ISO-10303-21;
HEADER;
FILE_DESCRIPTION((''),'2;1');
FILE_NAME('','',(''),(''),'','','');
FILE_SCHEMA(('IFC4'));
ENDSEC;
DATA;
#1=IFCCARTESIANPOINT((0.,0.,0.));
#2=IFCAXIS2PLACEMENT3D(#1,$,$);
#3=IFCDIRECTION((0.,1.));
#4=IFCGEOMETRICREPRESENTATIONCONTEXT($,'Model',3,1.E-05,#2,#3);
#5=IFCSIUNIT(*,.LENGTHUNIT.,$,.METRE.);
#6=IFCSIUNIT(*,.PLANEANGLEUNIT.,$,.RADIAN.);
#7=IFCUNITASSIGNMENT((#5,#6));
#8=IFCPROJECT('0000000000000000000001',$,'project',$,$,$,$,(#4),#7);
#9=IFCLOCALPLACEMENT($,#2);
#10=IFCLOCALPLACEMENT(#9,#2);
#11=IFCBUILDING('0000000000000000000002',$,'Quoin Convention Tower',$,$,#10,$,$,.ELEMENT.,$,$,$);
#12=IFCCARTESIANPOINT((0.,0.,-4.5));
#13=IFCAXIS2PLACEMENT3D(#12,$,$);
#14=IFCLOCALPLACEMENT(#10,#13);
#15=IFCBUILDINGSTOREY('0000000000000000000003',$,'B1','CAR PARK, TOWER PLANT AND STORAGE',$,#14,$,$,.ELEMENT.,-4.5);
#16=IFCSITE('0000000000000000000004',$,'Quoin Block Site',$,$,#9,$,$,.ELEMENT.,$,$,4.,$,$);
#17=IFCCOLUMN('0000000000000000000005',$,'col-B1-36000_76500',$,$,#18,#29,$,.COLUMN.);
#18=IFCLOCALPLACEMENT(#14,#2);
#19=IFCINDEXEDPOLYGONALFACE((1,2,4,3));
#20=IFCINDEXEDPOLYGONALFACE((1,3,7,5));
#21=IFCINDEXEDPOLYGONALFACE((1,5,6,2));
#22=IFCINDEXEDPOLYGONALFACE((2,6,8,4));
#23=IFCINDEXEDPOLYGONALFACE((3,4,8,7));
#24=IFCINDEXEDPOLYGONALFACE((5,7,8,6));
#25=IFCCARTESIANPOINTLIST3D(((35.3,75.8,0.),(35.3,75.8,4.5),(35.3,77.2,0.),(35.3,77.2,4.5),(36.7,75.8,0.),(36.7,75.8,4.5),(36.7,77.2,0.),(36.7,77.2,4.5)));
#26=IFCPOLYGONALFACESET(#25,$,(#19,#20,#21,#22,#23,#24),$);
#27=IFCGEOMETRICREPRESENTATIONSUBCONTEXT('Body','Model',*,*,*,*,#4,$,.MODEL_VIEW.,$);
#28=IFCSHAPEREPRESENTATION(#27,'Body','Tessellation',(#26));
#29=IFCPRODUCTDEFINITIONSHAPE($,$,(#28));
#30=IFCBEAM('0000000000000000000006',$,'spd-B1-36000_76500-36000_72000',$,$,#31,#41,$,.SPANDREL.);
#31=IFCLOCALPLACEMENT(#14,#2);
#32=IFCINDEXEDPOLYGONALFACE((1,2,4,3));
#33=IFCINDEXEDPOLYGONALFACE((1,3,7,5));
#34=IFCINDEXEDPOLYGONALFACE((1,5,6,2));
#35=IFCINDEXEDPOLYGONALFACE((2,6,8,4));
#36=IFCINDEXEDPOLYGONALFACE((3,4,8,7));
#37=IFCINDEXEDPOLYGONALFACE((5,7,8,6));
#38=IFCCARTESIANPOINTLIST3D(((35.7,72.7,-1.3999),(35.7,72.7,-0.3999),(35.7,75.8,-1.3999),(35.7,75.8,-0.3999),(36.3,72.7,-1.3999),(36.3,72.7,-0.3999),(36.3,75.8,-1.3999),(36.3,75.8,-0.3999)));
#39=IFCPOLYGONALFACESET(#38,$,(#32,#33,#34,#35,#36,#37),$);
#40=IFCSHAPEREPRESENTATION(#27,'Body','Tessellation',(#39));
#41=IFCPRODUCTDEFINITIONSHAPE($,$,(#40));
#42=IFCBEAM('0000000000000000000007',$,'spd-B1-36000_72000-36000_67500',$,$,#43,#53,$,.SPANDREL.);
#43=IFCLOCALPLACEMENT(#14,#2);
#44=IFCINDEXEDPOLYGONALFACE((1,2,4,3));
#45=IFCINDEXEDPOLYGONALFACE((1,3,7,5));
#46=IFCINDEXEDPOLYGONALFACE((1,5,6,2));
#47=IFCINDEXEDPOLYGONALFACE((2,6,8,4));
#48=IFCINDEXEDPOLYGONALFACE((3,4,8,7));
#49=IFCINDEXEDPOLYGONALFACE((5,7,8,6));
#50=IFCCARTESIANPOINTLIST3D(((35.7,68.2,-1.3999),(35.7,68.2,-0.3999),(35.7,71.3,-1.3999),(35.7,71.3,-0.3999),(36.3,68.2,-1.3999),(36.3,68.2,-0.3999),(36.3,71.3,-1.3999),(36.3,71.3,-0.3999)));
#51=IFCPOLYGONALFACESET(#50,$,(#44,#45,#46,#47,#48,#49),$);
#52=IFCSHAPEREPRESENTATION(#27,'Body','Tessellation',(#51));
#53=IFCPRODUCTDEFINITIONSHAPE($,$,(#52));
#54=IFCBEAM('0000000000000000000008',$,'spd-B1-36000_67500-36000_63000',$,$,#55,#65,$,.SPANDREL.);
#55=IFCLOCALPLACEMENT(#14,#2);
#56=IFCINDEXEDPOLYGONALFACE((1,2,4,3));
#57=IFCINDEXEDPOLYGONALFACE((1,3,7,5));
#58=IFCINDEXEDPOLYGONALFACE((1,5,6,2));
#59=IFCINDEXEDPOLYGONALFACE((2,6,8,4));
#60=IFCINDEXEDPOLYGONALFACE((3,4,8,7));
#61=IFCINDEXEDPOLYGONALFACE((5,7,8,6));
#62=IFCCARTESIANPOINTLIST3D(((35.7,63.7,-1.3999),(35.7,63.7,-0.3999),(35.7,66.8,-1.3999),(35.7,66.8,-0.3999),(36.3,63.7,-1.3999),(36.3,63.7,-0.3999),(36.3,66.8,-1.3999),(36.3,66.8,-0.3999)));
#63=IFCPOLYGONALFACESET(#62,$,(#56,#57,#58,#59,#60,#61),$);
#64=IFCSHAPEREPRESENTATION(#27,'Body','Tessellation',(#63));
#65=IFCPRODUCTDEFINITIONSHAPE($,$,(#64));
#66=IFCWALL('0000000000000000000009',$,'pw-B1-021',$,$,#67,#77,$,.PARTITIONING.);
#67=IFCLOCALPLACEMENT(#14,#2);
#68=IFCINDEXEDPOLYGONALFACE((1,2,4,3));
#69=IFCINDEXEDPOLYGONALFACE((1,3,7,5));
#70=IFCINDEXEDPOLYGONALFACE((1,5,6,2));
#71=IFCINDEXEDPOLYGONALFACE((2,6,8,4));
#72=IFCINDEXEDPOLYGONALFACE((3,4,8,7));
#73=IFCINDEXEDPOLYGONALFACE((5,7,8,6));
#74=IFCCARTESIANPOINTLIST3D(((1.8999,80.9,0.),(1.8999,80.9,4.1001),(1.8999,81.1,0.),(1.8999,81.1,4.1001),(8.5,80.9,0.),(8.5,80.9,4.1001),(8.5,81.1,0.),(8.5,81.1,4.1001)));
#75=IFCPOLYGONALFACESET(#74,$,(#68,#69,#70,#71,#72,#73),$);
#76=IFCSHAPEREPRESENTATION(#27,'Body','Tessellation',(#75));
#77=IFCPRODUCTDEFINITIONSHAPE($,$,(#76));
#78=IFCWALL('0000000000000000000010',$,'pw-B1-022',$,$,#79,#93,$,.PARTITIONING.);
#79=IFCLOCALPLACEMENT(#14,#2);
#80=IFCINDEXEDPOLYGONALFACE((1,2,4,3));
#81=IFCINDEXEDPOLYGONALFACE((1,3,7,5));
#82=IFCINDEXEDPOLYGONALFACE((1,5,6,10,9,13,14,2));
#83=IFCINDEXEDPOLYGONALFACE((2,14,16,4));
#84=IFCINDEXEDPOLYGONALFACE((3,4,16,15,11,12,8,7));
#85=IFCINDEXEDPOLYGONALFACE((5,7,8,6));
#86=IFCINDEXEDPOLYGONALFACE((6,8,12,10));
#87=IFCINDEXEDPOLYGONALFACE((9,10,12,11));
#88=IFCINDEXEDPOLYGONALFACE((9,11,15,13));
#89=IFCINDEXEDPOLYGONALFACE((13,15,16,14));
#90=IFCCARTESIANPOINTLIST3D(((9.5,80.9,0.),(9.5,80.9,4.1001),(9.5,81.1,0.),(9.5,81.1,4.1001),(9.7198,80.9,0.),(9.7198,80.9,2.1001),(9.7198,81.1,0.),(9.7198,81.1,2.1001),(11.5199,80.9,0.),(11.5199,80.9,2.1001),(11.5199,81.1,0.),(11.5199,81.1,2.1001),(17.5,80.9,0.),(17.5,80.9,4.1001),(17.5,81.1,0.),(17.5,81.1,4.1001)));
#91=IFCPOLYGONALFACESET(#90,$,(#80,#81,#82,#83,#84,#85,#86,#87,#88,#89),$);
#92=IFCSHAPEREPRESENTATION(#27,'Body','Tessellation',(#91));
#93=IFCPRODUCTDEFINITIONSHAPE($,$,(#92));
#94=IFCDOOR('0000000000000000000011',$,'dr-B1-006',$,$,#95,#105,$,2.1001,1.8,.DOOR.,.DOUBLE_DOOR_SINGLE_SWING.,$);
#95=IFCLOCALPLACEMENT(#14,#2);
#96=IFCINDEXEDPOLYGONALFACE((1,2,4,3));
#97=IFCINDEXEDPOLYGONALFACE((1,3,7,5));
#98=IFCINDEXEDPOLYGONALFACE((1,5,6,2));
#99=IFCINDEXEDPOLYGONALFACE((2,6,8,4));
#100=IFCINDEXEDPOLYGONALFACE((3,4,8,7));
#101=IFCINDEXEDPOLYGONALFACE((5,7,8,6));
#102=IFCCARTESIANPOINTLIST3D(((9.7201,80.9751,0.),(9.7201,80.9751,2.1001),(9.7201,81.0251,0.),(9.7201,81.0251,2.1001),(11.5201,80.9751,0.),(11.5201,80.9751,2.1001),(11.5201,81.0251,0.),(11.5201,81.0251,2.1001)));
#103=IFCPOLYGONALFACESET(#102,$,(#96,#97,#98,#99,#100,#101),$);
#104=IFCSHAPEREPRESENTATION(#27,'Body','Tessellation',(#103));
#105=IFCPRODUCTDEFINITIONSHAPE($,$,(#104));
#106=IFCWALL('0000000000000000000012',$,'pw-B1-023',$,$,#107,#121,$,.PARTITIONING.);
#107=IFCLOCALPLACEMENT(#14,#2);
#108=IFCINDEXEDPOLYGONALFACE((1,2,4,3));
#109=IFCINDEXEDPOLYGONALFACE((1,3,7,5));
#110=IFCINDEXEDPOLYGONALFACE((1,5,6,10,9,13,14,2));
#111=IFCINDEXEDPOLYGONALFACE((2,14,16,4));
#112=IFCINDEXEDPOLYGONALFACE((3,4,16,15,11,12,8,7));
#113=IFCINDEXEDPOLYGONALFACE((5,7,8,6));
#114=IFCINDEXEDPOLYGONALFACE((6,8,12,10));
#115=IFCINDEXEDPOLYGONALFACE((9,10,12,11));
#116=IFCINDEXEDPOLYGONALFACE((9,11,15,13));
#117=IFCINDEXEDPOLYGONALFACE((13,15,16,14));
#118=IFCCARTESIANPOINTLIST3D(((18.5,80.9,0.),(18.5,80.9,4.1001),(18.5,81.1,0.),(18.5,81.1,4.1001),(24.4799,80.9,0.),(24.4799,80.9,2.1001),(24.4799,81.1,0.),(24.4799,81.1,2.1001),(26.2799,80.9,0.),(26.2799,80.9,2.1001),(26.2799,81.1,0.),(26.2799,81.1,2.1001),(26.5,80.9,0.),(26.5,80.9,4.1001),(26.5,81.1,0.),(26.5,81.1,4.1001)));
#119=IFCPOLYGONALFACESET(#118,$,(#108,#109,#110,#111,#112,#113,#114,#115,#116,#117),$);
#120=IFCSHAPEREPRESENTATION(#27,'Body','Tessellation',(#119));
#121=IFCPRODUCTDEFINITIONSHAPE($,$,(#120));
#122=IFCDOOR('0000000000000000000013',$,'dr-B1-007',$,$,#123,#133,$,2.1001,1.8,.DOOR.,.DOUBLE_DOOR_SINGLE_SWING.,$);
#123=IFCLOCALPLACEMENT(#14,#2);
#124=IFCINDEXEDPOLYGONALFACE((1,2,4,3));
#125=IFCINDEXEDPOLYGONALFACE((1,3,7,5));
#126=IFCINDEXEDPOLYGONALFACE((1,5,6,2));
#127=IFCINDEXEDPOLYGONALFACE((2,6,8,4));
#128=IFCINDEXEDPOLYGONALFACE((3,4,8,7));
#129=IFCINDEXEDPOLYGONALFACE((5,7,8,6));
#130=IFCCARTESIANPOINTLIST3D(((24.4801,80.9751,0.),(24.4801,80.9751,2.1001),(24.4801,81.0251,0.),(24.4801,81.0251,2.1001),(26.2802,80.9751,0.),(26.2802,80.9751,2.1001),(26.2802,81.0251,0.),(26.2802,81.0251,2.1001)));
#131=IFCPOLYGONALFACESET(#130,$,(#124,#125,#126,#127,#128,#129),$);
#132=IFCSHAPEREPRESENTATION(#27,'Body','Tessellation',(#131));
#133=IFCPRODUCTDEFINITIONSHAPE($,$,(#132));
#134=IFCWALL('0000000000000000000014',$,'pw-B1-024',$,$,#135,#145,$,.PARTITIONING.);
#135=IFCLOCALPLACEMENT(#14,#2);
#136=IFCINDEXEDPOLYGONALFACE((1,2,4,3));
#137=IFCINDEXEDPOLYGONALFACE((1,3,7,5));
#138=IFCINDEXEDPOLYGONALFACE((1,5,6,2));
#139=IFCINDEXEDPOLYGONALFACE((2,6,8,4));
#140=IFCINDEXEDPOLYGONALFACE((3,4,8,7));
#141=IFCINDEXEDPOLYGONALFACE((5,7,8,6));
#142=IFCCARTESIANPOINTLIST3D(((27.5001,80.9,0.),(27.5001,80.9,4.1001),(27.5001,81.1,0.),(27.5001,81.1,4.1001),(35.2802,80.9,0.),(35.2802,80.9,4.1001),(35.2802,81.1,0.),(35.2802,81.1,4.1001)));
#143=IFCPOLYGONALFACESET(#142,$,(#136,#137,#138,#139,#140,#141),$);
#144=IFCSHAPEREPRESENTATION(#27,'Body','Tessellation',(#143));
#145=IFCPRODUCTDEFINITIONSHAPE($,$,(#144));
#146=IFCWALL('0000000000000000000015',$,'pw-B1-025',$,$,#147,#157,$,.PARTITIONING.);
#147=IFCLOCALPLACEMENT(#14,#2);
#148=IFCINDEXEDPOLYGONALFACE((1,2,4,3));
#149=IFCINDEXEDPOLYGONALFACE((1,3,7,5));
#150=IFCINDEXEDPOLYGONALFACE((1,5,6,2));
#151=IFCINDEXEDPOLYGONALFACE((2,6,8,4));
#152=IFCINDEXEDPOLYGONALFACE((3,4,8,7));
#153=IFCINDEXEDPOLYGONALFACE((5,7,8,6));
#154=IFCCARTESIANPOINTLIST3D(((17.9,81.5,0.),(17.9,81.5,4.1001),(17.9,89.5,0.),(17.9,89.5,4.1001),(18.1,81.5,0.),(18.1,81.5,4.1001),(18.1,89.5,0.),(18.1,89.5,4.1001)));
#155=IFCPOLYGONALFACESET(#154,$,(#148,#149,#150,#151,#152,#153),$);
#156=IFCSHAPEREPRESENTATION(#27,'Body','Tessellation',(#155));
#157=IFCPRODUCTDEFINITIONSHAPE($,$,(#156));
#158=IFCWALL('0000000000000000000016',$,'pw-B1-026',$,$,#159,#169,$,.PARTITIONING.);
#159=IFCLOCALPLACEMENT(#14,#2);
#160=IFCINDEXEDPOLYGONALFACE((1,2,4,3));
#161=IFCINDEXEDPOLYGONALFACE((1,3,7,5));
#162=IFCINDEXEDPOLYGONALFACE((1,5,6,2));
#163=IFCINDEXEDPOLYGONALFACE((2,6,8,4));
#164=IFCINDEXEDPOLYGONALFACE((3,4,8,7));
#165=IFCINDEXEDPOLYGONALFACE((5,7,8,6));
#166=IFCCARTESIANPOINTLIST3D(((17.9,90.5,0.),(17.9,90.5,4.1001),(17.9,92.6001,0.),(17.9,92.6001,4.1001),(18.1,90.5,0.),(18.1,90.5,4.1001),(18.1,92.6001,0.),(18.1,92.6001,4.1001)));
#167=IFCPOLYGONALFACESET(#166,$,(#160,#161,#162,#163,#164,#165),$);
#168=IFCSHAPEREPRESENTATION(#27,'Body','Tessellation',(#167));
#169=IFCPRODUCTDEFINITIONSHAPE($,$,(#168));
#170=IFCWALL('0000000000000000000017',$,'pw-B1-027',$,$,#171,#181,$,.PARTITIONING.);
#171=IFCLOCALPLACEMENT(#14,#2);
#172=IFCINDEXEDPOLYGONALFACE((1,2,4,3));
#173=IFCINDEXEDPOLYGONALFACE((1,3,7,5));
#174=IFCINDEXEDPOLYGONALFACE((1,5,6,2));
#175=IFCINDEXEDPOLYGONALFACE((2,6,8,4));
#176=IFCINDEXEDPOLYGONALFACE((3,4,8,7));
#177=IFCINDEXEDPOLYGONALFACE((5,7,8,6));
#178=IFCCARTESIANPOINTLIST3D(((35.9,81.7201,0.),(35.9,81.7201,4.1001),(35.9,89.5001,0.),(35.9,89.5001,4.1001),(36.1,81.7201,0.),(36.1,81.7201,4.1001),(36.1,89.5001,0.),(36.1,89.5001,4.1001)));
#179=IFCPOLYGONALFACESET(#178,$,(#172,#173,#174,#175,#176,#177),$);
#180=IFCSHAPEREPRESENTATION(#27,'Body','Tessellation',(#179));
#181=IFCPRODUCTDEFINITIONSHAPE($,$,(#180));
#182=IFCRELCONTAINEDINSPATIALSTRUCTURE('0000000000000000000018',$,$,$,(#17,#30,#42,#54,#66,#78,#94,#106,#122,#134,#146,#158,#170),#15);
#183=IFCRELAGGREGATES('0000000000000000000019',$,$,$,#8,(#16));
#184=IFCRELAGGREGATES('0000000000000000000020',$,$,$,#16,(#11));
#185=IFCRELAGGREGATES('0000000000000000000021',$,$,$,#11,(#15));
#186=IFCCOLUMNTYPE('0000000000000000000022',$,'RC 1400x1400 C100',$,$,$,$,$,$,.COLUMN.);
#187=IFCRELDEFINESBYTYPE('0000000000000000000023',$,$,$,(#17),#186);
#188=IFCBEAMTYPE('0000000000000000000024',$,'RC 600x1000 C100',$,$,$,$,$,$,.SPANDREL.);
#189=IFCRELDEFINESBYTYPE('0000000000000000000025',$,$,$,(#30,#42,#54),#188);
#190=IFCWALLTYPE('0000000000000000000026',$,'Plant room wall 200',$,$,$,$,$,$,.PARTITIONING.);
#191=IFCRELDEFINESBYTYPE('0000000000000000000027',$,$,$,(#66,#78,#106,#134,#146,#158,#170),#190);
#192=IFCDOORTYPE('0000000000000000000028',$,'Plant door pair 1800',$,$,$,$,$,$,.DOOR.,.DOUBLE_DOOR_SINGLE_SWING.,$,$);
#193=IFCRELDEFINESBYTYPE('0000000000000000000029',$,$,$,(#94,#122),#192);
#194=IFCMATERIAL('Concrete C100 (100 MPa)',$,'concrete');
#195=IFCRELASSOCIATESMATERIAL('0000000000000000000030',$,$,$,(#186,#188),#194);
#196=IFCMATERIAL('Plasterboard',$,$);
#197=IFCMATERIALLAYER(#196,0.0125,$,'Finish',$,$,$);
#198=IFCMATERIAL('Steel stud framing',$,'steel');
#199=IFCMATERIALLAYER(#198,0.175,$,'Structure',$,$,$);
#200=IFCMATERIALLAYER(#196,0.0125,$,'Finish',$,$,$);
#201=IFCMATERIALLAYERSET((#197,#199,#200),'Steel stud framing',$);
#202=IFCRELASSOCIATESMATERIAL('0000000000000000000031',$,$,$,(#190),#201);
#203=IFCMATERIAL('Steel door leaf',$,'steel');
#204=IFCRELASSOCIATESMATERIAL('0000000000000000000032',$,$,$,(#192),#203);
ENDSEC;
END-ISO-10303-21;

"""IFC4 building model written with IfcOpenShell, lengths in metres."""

from ifc_helpers import new_model, si_unit, direction, frame, frame_2d, origin, origin_2d, place, context, subcontext, project, spatial, rectangle, extrude, material, layer, layer_set, material_profile, profile_set, type_object, element, fill, save


model = new_model("IFC4")

# Units and contexts
model_context = context("Model", 3, precision=1e-05, world=origin(), true_north=direction((0.0, 1.0)))
body_context = subcontext(model_context, "Body", "Model", "MODEL_VIEW")
ifc_project = project(units=[si_unit("LENGTHUNIT", "METRE"), si_unit("PLANEANGLEUNIT", "RADIAN")], contexts=[model_context])

# Site, building, storey
site_placement = place(None, origin())
site = spatial("IfcSite", under=ifc_project, at=site_placement, Name="Quoin Block Site", CompositionType="ELEMENT", RefElevation=4.0)
building_placement = place(site_placement, origin())
building = spatial("IfcBuilding", under=site, at=building_placement, Name="Quoin Convention Tower", CompositionType="ELEMENT")
storey_placement = place(building_placement, frame((0.0, 0.0, -4.5)))
storey = spatial("IfcBuildingStorey", under=building, at=storey_placement, Name="B1", Description="CAR PARK, TOWER PLANT AND STORAGE", CompositionType="ELEMENT", Elevation=-4.5)

# Column
ifc_material_1 = material(Name="Concrete C100 (100 MPa)", Category="concrete")
ifc_material_profile_1 = material_profile(ifc_material_1, rectangle(XDim=1.3999, YDim=1.3999, at=origin_2d()), Name="RC 1400x1400")
ifc_profile_set_1 = profile_set([ifc_material_profile_1], Name="Concrete C100 (100 MPa)")
column_type_1 = type_object("IfcColumnType", Name="RC 1400x1400 C100", PredefinedType="COLUMN", material=ifc_profile_set_1)
for number, where, z_axis, x_axis, name in (
    (1, (36.0, 76.5, 0.0), (0.0, 0.0, 1.0), (1.0, 0.0, 0.0), "col-B1-36000_76500"),
):
    element("IfcColumn", number, at=place(storey_placement, frame(where, z_axis=z_axis, x_axis=x_axis)), inside=storey, type_object=column_type_1, Name=name, PredefinedType="COLUMN", context=body_context, shape_type="SweptSolid", body=[
        extrude(rectangle(XDim=1.3999, YDim=1.3999, at=origin_2d()), origin(), (0.0, 0.0, 1.0), 4.5),
    ])

# Beams
ifc_material_profile_2 = material_profile(ifc_material_1, rectangle(XDim=0.6001, YDim=1.0, at=origin_2d()), Name="RC 600x1000")
ifc_profile_set_2 = profile_set([ifc_material_profile_2], Name="Concrete C100 (100 MPa)")
beam_type = type_object("IfcBeamType", Name="RC 600x1000 C100", PredefinedType="SPANDREL", material=ifc_profile_set_2)
for number, where, z_axis, x_axis, name in (
    (2, (36.0, 75.8, -0.8999), (0.0, -1.0, 0.0), (1.0, 0.0, 0.0), "spd-B1-36000_76500-36000_72000"),
    (3, (36.0, 71.3, -0.8999), (0.0, -1.0, 0.0), (1.0, 0.0, 0.0), "spd-B1-36000_72000-36000_67500"),
    (4, (36.0, 66.8, -0.8999), (0.0, -1.0, 0.0), (1.0, 0.0, 0.0), "spd-B1-36000_67500-36000_63000"),
):
    element("IfcBeam", number, at=place(storey_placement, frame(where, z_axis=z_axis, x_axis=x_axis)), inside=storey, type_object=beam_type, Name=name, PredefinedType="SPANDREL", context=body_context, shape_type="SweptSolid", body=[
        extrude(rectangle(XDim=0.6001, YDim=1.0, at=origin_2d()), origin(), (0.0, 0.0, 1.0), 3.1001),
    ])

# Wall
ifc_material_2 = material(Name="Plasterboard")
ifc_layer_1 = layer(ifc_material_2, 0.0125, Name="Finish")
ifc_material_3 = material(Name="Steel stud framing", Category="steel")
ifc_layer_2 = layer(ifc_material_3, 0.175, Name="Structure")
ifc_layer_3 = layer(ifc_material_2, 0.0125, Name="Finish")
ifc_layer_set_1 = layer_set([ifc_layer_1, ifc_layer_2, ifc_layer_3], Name="Steel stud framing")
wall_type_1 = type_object("IfcWallType", Name="Plant room wall 200", PredefinedType="PARTITIONING", material=ifc_layer_set_1)
wall_1_placement = place(storey_placement, frame((1.8999, 81.0, 0.0), z_axis=(0.0, 0.0, 1.0), x_axis=(1.0, 0.0, 0.0)))
element("IfcWall", 5, at=wall_1_placement, inside=storey, type_object=wall_type_1, Name="pw-B1-021", PredefinedType="PARTITIONING", context=body_context, shape_type="SweptSolid", body=[
    extrude(rectangle(XDim=6.6001, YDim=0.2, at=frame_2d((3.3, 0.0))), origin(), (0.0, 0.0, 1.0), 4.1001),
])

# Walls, openings, doors
wall_2_placement = place(storey_placement, frame((9.5, 81.0, 0.0), z_axis=(0.0, 0.0, 1.0), x_axis=(1.0, 0.0, 0.0)))
wall_2 = element("IfcWall", 6, at=wall_2_placement, inside=storey, type_object=wall_type_1, Name="pw-B1-022", PredefinedType="PARTITIONING", context=body_context, shape_type="SweptSolid", body=[
    extrude(rectangle(XDim=8.0, YDim=0.2, at=frame_2d((4.0, 0.0))), origin(), (0.0, 0.0, 1.0), 4.1001),
])
opening_1_placement = place(wall_2_placement, frame((0.22, 0.0, 0.0)))
opening_1 = element("IfcOpeningElement", 7, at=opening_1_placement, cuts=wall_2, PredefinedType="OPENING", context=body_context, shape_type="SweptSolid", body=[
    extrude(rectangle(XDim=1.8, YDim=2.1001, at=frame_2d((0.8999, 1.05))), frame((0.0, 0.1099, 0.0), z_axis=(0.0, -1.0, 0.0), x_axis=(1.0, 0.0, 0.0)), (0.0, 0.0, 1.0), 0.22),
])
ifc_material_4 = material(Name="Steel door leaf", Category="steel")
door_type = type_object("IfcDoorType", Name="Plant door pair 1800", OperationType="DOUBLE_DOOR_SINGLE_SWING", PredefinedType="DOOR", material=ifc_material_4)
door_1_placement = place(opening_1_placement, frame((1.8, 0.0, 0.0), z_axis=(0.0, 0.0, 1.0), x_axis=(-1.0, 0.0, 0.0)))
door_1 = element("IfcDoor", 8, at=door_1_placement, inside=storey, type_object=door_type, Name="dr-B1-006", OperationType="DOUBLE_DOOR_SINGLE_SWING", OverallHeight=2.1001, OverallWidth=1.8, PredefinedType="DOOR", context=body_context, shape_type="SweptSolid", body=[
    extrude(rectangle(XDim=1.8, YDim=2.1001, at=frame_2d((0.8999, 1.05))), frame((0.0, 0.0249, 0.0), z_axis=(0.0, -1.0, 0.0), x_axis=(1.0, 0.0, 0.0)), (0.0, 0.0, 1.0), 0.05),
])
fill(opening_1, door_1)
wall_3_placement = place(storey_placement, frame((18.5, 81.0, 0.0), z_axis=(0.0, 0.0, 1.0), x_axis=(1.0, 0.0, 0.0)))
wall_3 = element("IfcWall", 9, at=wall_3_placement, inside=storey, type_object=wall_type_1, Name="pw-B1-023", PredefinedType="PARTITIONING", context=body_context, shape_type="SweptSolid", body=[
    extrude(rectangle(XDim=8.0, YDim=0.2, at=frame_2d((4.0, 0.0))), origin(), (0.0, 0.0, 1.0), 4.1001),
])
opening_2_placement = place(wall_3_placement, frame((5.98, 0.0, 0.0)))
opening_2 = element("IfcOpeningElement", 10, at=opening_2_placement, cuts=wall_3, PredefinedType="OPENING", context=body_context, shape_type="SweptSolid", body=[
    extrude(rectangle(XDim=1.8, YDim=2.1001, at=frame_2d((0.8999, 1.05))), frame((0.0, 0.1099, 0.0), z_axis=(0.0, -1.0, 0.0), x_axis=(1.0, 0.0, 0.0)), (0.0, 0.0, 1.0), 0.22),
])
door_2_placement = place(opening_2_placement, frame((1.8, 0.0, 0.0), z_axis=(0.0, 0.0, 1.0), x_axis=(-1.0, 0.0, 0.0)))
door_2 = element("IfcDoor", 11, at=door_2_placement, inside=storey, type_object=door_type, Name="dr-B1-007", OperationType="DOUBLE_DOOR_SINGLE_SWING", OverallHeight=2.1001, OverallWidth=1.8, PredefinedType="DOOR", context=body_context, shape_type="SweptSolid", body=[
    extrude(rectangle(XDim=1.8, YDim=2.1001, at=frame_2d((0.8999, 1.05))), frame((0.0, 0.0249, 0.0), z_axis=(0.0, -1.0, 0.0), x_axis=(1.0, 0.0, 0.0)), (0.0, 0.0, 1.0), 0.05),
])
fill(opening_2, door_2)

# Walls
wall_4_placement = place(storey_placement, frame((27.5, 81.0, 0.0), z_axis=(0.0, 0.0, 1.0), x_axis=(1.0, 0.0, 0.0)))
element("IfcWall", 12, at=wall_4_placement, inside=storey, type_object=wall_type_1, Name="pw-B1-024", PredefinedType="PARTITIONING", context=body_context, shape_type="SweptSolid", body=[
    extrude(rectangle(XDim=7.78, YDim=0.2, at=frame_2d((3.8901, 0.0))), origin(), (0.0, 0.0, 1.0), 4.1001),
])
wall_5_placement = place(storey_placement, frame((18.0, 81.5, 0.0), z_axis=(0.0, 0.0, 1.0), x_axis=(0.0, 1.0, 0.0)))
element("IfcWall", 13, at=wall_5_placement, inside=storey, type_object=wall_type_1, Name="pw-B1-025", PredefinedType="PARTITIONING", context=body_context, shape_type="SweptSolid", body=[
    extrude(rectangle(XDim=8.0, YDim=0.2, at=frame_2d((4.0, 0.0))), origin(), (0.0, 0.0, 1.0), 4.1001),
])
wall_6_placement = place(storey_placement, frame((18.0, 90.5, 0.0), z_axis=(0.0, 0.0, 1.0), x_axis=(0.0, 1.0, 0.0)))
element("IfcWall", 14, at=wall_6_placement, inside=storey, type_object=wall_type_1, Name="pw-B1-026", PredefinedType="PARTITIONING", context=body_context, shape_type="SweptSolid", body=[
    extrude(rectangle(XDim=2.1001, YDim=0.2, at=frame_2d((1.05, 0.0))), origin(), (0.0, 0.0, 1.0), 4.1001),
])
wall_7_placement = place(storey_placement, frame((36.0, 81.72, 0.0), z_axis=(0.0, 0.0, 1.0), x_axis=(0.0, 1.0, 0.0)))
element("IfcWall", 15, at=wall_7_placement, inside=storey, type_object=wall_type_1, Name="pw-B1-027", PredefinedType="PARTITIONING", context=body_context, shape_type="SweptSolid", body=[
    extrude(rectangle(XDim=7.78, YDim=0.2, at=frame_2d((3.8901, 0.0))), origin(), (0.0, 0.0, 1.0), 4.1001),
])

save(model, "model.ifc")
